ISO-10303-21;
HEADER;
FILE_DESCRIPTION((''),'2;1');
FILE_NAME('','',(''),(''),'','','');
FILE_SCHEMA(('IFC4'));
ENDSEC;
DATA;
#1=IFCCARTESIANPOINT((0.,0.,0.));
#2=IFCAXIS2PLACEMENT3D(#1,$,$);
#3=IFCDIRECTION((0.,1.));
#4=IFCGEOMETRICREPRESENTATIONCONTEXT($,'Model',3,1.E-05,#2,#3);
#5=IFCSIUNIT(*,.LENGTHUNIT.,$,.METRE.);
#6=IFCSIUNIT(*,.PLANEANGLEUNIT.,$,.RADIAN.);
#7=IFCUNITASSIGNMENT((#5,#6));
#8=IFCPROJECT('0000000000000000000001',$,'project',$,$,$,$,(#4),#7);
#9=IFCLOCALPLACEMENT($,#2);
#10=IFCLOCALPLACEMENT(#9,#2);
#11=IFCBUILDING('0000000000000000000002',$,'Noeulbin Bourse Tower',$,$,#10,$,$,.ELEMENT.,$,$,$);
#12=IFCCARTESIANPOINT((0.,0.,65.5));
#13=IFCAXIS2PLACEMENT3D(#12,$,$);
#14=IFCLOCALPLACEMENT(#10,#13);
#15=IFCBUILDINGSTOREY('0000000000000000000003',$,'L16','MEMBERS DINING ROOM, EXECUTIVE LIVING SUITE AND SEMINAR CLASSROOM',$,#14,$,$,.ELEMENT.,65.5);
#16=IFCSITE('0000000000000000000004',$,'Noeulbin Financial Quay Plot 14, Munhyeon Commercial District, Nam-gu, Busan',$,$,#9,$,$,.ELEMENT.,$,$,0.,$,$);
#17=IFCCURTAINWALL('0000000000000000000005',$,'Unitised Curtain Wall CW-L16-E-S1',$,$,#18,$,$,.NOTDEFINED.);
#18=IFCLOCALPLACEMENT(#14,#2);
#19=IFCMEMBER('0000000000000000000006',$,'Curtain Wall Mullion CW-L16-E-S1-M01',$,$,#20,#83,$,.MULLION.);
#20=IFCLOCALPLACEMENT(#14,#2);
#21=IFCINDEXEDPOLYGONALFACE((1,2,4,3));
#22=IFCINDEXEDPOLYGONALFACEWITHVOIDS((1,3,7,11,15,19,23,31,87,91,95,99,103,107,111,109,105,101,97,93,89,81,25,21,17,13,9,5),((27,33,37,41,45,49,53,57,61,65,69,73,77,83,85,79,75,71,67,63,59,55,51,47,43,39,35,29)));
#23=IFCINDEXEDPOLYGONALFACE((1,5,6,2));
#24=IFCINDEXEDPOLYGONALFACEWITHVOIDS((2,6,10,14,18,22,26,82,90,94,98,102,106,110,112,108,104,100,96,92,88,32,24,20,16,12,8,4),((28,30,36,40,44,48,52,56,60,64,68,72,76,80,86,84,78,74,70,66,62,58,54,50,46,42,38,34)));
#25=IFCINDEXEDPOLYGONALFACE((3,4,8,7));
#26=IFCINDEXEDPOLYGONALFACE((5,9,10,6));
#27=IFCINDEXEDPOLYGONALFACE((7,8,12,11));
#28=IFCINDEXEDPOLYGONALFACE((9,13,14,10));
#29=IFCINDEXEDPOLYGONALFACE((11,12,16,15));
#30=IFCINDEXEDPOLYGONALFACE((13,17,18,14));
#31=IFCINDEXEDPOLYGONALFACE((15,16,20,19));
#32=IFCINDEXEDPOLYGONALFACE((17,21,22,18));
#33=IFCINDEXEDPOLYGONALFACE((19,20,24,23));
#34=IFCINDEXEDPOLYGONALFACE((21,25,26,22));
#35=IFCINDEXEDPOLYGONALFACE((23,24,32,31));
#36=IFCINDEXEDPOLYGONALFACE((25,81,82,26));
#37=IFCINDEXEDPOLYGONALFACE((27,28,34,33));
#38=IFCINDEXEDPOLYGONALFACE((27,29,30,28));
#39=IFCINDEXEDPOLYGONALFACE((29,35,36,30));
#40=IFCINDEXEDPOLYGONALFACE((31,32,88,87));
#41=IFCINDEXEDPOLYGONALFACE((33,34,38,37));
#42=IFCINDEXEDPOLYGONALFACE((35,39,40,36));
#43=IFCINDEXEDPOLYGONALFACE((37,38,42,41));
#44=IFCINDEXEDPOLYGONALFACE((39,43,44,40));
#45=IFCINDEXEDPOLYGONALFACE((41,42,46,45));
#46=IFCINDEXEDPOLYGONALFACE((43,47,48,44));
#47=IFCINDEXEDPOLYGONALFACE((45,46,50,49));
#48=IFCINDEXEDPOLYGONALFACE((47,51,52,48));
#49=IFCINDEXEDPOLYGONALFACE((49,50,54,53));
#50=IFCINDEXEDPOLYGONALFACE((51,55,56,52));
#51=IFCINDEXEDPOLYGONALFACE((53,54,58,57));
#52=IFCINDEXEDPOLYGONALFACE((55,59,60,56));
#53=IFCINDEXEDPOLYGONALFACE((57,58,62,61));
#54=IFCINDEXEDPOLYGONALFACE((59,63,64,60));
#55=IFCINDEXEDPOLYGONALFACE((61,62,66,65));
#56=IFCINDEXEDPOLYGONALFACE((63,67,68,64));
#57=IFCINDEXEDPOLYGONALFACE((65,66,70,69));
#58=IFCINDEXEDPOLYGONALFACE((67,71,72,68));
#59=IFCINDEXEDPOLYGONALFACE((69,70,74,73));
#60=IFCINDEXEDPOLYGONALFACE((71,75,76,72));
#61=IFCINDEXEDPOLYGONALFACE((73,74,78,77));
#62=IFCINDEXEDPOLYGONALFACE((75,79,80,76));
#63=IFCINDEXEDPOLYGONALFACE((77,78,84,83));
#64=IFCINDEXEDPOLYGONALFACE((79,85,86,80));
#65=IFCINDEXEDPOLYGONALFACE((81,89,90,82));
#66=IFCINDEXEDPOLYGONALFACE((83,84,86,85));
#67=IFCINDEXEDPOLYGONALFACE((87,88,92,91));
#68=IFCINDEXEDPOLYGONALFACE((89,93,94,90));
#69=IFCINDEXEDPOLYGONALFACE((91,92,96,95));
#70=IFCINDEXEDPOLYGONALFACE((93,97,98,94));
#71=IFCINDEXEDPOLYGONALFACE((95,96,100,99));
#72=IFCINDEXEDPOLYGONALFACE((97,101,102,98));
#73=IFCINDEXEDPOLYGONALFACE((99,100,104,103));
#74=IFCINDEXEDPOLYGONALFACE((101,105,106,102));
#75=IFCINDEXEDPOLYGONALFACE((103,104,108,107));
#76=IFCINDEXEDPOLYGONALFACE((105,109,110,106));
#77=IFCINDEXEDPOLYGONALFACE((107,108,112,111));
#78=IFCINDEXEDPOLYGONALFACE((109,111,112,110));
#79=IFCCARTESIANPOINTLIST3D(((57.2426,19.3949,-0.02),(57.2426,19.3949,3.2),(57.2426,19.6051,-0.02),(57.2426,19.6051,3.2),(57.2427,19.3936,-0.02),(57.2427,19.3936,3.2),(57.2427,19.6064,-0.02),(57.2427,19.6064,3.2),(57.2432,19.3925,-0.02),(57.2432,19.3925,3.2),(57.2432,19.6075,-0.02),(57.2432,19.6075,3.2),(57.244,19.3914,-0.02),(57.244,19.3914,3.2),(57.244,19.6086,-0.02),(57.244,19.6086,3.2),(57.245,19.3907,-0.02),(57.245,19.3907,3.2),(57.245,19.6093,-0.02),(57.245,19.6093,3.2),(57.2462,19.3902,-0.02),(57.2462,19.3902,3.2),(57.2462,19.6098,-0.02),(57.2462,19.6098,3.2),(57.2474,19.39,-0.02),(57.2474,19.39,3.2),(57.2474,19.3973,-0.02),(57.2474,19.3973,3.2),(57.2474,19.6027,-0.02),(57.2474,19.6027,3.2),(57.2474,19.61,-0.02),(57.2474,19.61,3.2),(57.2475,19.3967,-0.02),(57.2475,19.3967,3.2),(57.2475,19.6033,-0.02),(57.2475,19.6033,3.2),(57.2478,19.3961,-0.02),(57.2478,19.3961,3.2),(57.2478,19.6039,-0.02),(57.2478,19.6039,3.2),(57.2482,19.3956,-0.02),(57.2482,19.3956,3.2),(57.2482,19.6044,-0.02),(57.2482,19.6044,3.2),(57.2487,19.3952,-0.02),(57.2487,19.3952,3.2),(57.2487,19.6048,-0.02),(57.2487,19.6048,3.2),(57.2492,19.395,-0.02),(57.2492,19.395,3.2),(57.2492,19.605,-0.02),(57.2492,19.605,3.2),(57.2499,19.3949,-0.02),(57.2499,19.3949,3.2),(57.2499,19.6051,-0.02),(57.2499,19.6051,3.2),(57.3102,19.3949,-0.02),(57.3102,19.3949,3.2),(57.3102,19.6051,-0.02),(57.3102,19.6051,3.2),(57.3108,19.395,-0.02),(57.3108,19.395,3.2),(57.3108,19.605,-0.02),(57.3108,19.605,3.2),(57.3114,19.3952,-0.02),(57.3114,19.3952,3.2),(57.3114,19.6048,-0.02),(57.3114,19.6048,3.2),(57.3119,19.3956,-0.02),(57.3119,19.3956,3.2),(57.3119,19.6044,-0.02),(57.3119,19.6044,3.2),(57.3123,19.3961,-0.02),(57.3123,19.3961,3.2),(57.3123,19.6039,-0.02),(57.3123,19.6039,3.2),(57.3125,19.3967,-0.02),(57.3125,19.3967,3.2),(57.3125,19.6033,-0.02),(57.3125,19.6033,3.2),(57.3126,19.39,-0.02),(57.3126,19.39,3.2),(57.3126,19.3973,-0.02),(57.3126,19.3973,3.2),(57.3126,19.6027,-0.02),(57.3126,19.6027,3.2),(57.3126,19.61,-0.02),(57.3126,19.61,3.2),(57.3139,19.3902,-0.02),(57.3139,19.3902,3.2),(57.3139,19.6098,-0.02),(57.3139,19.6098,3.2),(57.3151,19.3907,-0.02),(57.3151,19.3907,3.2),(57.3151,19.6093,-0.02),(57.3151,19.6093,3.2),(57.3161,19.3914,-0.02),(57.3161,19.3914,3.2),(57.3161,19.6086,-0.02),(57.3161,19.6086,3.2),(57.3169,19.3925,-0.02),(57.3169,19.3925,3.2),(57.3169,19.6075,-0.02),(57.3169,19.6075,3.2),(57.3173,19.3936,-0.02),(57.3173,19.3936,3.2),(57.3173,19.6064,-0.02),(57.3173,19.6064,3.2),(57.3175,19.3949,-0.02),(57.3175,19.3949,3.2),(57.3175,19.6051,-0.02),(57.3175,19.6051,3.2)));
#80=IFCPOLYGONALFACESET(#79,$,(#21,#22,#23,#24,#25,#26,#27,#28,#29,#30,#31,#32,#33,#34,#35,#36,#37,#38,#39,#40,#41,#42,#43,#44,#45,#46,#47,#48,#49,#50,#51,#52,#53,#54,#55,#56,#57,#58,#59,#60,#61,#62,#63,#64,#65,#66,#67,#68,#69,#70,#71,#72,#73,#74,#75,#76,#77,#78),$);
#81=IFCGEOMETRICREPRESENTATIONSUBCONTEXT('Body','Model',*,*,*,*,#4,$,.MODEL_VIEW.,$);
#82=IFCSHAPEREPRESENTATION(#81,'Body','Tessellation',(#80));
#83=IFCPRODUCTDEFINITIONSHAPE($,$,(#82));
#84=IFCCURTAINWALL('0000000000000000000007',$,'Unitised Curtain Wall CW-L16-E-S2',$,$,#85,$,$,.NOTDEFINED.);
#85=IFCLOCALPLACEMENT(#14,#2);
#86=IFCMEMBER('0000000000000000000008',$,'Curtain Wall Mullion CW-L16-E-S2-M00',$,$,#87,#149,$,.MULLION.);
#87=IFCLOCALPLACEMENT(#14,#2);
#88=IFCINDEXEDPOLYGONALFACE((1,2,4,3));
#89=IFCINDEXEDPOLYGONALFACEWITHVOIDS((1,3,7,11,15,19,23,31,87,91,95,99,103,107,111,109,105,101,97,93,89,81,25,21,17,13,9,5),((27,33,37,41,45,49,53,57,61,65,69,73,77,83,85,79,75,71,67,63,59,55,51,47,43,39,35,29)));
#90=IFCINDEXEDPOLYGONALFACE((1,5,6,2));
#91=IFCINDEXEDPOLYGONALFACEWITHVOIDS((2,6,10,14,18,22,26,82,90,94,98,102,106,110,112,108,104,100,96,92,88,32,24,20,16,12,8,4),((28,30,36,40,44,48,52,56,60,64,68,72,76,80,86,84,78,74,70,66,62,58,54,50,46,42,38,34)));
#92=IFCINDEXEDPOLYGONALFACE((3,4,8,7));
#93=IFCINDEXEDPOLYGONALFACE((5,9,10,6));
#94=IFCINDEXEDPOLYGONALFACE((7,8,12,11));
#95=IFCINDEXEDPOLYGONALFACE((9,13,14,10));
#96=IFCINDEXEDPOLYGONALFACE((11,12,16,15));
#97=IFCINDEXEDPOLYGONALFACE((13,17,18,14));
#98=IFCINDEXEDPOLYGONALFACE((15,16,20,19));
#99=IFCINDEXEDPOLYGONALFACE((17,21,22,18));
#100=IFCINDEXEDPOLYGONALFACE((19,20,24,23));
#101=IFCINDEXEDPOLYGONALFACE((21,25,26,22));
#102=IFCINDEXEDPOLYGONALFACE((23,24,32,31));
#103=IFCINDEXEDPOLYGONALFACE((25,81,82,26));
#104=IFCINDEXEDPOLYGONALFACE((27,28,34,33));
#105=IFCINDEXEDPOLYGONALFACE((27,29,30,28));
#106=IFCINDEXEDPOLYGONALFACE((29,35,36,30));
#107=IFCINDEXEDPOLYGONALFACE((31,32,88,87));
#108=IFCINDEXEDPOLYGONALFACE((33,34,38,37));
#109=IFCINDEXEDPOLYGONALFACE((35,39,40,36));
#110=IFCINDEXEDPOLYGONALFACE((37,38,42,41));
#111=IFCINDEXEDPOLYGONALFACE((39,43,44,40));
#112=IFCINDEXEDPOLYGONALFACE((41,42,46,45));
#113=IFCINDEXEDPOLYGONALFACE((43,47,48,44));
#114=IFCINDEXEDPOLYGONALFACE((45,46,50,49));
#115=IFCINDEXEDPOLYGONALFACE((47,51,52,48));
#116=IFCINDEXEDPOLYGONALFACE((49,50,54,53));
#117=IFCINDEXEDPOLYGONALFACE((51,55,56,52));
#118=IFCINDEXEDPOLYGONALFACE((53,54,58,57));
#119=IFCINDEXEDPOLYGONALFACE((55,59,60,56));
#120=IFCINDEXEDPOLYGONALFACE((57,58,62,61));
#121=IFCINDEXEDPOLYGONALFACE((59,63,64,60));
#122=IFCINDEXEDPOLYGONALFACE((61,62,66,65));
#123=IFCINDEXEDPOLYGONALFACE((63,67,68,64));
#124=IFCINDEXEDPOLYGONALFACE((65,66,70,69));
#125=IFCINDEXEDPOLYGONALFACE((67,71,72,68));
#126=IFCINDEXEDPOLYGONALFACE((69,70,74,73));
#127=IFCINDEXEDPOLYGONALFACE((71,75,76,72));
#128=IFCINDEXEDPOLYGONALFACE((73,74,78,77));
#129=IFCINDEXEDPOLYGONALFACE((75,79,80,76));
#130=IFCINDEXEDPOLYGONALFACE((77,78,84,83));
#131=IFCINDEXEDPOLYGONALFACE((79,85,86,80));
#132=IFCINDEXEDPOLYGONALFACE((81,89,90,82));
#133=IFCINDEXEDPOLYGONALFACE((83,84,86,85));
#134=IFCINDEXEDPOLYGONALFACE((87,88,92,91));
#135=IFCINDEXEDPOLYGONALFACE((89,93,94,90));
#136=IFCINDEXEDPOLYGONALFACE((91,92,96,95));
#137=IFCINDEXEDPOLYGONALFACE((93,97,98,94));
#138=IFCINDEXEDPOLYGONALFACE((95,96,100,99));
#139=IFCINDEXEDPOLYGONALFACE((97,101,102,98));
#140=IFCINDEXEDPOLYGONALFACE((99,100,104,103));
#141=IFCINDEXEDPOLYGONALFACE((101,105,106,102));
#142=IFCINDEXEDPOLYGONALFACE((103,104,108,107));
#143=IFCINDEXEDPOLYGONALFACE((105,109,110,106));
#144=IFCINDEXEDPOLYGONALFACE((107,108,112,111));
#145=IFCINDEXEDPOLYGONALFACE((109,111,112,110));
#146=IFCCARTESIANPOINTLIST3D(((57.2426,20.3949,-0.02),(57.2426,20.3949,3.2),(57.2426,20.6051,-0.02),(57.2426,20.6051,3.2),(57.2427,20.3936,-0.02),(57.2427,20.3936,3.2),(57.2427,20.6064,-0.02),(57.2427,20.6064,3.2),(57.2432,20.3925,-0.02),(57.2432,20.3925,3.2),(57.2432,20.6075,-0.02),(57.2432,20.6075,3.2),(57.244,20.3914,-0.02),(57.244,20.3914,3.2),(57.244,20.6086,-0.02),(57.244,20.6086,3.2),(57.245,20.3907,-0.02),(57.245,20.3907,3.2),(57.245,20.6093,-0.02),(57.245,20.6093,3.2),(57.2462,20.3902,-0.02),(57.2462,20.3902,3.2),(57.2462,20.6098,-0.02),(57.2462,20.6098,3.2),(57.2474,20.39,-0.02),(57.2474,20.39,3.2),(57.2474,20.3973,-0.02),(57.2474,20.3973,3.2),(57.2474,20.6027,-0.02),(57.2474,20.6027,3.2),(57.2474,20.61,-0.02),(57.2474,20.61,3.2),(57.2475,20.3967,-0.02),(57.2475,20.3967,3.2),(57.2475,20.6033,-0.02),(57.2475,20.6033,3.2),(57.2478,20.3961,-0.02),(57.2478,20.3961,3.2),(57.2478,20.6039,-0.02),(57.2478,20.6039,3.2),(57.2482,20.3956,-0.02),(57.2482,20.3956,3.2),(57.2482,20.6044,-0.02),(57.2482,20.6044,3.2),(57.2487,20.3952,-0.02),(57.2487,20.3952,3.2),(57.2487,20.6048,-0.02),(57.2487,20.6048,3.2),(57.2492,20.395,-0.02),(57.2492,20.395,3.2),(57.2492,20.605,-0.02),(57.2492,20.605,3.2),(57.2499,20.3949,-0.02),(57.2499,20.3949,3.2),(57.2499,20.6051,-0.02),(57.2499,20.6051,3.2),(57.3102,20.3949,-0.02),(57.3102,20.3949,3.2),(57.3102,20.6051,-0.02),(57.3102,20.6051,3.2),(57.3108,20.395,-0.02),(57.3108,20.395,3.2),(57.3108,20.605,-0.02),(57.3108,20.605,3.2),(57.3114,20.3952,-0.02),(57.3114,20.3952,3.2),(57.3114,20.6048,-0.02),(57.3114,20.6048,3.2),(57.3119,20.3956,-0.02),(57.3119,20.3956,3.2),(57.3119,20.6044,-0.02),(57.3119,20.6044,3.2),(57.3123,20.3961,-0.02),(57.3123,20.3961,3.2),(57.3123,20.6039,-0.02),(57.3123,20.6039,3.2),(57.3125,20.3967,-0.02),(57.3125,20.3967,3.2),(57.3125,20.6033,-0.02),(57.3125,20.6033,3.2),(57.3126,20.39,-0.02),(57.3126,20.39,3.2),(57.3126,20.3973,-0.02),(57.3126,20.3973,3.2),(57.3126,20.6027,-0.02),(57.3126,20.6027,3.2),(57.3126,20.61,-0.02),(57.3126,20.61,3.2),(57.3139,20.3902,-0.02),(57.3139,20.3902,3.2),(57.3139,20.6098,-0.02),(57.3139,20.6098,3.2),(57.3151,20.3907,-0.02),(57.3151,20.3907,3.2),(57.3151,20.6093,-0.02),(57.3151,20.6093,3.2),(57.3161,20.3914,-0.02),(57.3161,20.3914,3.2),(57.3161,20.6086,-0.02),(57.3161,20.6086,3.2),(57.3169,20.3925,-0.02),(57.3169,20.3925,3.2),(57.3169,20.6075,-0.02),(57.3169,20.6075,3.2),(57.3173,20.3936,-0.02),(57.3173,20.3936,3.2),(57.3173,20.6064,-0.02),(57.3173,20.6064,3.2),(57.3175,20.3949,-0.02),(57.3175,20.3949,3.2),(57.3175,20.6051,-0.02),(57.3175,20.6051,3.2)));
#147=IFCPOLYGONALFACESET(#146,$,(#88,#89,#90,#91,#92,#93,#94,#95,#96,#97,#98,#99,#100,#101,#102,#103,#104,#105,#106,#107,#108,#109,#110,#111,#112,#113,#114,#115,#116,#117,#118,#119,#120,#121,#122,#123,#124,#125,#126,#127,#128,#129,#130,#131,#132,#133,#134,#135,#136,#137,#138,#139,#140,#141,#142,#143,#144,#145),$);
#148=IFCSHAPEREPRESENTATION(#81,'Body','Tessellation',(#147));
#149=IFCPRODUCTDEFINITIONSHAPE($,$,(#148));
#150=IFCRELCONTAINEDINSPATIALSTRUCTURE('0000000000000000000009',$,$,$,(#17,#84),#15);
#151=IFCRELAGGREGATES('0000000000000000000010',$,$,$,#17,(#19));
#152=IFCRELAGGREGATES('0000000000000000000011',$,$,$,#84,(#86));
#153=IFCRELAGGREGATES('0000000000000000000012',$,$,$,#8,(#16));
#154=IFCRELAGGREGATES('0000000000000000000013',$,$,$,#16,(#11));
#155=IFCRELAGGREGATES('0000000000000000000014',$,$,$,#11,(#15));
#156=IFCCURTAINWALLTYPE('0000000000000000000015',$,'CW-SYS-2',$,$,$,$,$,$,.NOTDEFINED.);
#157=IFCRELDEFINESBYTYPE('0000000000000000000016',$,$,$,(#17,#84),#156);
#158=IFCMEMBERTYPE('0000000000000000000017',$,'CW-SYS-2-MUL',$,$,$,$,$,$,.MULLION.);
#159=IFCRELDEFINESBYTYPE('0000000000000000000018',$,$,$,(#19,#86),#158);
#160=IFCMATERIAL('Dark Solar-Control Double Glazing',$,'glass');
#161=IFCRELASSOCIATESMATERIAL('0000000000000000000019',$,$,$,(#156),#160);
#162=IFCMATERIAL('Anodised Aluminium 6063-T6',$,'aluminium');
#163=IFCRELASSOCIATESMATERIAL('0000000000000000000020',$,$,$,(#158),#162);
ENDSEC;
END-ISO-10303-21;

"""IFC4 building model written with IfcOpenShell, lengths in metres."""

from ifc_helpers import new_model, si_unit, direction, frame, origin, origin_2d, place, context, subcontext, project, spatial, hollow_rectangle, extrude, material, material_profile, profile_set, type_object, element, aggregate, save


model = new_model("IFC4")

# Units and contexts
model_context = context("Model", 3, precision=1e-05, world=origin(), true_north=direction((0.0, 1.0)))
body_context = subcontext(model_context, "Body", "Model", "MODEL_VIEW")
ifc_project = project(units=[si_unit("LENGTHUNIT", "METRE"), si_unit("PLANEANGLEUNIT", "RADIAN")], contexts=[model_context])

# Site, building, storey
site_placement = place(None, origin())
site = spatial("IfcSite", under=ifc_project, at=site_placement, Name="Noeulbin Financial Quay Plot 14, Munhyeon Commercial District, Nam-gu, Busan", CompositionType="ELEMENT", RefElevation=0.0)
building_placement = place(site_placement, origin())
building = spatial("IfcBuilding", under=site, at=building_placement, Name="Noeulbin Bourse Tower", CompositionType="ELEMENT")
storey_placement = place(building_placement, frame((0.0, 0.0, 65.5)))
storey = spatial("IfcBuildingStorey", under=building, at=storey_placement, Name="L16", Description="MEMBERS DINING ROOM, EXECUTIVE LIVING SUITE AND SEMINAR CLASSROOM", CompositionType="ELEMENT", Elevation=65.5)

# Curtain walls, members
ifc_material_1 = material(Name="Dark Solar-Control Double Glazing", Category="glass")
curtain_wall_type = type_object("IfcCurtainWallType", Name="CW-SYS-2", PredefinedType="NOTDEFINED", material=ifc_material_1)
ifc_material_2 = material(Name="Anodised Aluminium 6063-T6", Category="aluminium")
ifc_material_profile_1 = material_profile(ifc_material_2, hollow_rectangle(XDim=0.075, YDim=0.22, WallThickness=0.0049, InnerFilletRadius=0.0024, OuterFilletRadius=0.0049, at=origin_2d()), Name="ALU-MULL-75x220x5", Category="LoadBearing")
ifc_profile_set_1 = profile_set([ifc_material_profile_1], Name="Anodised Aluminium 6063-T6")
member_type_1 = type_object("IfcMemberType", Name="CW-SYS-2-MUL", PredefinedType="MULLION", material=ifc_profile_set_1)
curtain_wall_1_placement = place(storey_placement, origin())
curtain_wall_1 = element("IfcCurtainWall", 1, at=curtain_wall_1_placement, inside=storey, type_object=curtain_wall_type, Name="Unitised Curtain Wall CW-L16-E-S1", PredefinedType="NOTDEFINED")
member_1_placement = place(storey_placement, frame((57.28, 19.5, -0.02), z_axis=(0.0, 0.0, 1.0), x_axis=(1.0, 0.0, 0.0)))
member_1 = element("IfcMember", 2, at=member_1_placement, type_object=member_type_1, Name="Curtain Wall Mullion CW-L16-E-S1-M01", PredefinedType="MULLION", context=body_context, shape_type="SweptSolid", body=[
    extrude(hollow_rectangle(XDim=0.075, YDim=0.22, WallThickness=0.0049, InnerFilletRadius=0.0024, OuterFilletRadius=0.0049, at=origin_2d()), origin(), (0.0, 0.0, 1.0), 3.22),
])
curtain_wall_2_placement = place(storey_placement, origin())
curtain_wall_2 = element("IfcCurtainWall", 3, at=curtain_wall_2_placement, inside=storey, type_object=curtain_wall_type, Name="Unitised Curtain Wall CW-L16-E-S2", PredefinedType="NOTDEFINED")
member_2_placement = place(storey_placement, frame((57.28, 20.5, -0.02), z_axis=(0.0, 0.0, 1.0), x_axis=(1.0, 0.0, 0.0)))
member_2 = element("IfcMember", 4, at=member_2_placement, type_object=member_type_1, Name="Curtain Wall Mullion CW-L16-E-S2-M00", PredefinedType="MULLION", context=body_context, shape_type="SweptSolid", body=[
    extrude(hollow_rectangle(XDim=0.075, YDim=0.22, WallThickness=0.0049, InnerFilletRadius=0.0024, OuterFilletRadius=0.0049, at=origin_2d()), origin(), (0.0, 0.0, 1.0), 3.22),
])

aggregate(curtain_wall_1, [member_1])
aggregate(curtain_wall_2, [member_2])

save(model, "model.ifc")
